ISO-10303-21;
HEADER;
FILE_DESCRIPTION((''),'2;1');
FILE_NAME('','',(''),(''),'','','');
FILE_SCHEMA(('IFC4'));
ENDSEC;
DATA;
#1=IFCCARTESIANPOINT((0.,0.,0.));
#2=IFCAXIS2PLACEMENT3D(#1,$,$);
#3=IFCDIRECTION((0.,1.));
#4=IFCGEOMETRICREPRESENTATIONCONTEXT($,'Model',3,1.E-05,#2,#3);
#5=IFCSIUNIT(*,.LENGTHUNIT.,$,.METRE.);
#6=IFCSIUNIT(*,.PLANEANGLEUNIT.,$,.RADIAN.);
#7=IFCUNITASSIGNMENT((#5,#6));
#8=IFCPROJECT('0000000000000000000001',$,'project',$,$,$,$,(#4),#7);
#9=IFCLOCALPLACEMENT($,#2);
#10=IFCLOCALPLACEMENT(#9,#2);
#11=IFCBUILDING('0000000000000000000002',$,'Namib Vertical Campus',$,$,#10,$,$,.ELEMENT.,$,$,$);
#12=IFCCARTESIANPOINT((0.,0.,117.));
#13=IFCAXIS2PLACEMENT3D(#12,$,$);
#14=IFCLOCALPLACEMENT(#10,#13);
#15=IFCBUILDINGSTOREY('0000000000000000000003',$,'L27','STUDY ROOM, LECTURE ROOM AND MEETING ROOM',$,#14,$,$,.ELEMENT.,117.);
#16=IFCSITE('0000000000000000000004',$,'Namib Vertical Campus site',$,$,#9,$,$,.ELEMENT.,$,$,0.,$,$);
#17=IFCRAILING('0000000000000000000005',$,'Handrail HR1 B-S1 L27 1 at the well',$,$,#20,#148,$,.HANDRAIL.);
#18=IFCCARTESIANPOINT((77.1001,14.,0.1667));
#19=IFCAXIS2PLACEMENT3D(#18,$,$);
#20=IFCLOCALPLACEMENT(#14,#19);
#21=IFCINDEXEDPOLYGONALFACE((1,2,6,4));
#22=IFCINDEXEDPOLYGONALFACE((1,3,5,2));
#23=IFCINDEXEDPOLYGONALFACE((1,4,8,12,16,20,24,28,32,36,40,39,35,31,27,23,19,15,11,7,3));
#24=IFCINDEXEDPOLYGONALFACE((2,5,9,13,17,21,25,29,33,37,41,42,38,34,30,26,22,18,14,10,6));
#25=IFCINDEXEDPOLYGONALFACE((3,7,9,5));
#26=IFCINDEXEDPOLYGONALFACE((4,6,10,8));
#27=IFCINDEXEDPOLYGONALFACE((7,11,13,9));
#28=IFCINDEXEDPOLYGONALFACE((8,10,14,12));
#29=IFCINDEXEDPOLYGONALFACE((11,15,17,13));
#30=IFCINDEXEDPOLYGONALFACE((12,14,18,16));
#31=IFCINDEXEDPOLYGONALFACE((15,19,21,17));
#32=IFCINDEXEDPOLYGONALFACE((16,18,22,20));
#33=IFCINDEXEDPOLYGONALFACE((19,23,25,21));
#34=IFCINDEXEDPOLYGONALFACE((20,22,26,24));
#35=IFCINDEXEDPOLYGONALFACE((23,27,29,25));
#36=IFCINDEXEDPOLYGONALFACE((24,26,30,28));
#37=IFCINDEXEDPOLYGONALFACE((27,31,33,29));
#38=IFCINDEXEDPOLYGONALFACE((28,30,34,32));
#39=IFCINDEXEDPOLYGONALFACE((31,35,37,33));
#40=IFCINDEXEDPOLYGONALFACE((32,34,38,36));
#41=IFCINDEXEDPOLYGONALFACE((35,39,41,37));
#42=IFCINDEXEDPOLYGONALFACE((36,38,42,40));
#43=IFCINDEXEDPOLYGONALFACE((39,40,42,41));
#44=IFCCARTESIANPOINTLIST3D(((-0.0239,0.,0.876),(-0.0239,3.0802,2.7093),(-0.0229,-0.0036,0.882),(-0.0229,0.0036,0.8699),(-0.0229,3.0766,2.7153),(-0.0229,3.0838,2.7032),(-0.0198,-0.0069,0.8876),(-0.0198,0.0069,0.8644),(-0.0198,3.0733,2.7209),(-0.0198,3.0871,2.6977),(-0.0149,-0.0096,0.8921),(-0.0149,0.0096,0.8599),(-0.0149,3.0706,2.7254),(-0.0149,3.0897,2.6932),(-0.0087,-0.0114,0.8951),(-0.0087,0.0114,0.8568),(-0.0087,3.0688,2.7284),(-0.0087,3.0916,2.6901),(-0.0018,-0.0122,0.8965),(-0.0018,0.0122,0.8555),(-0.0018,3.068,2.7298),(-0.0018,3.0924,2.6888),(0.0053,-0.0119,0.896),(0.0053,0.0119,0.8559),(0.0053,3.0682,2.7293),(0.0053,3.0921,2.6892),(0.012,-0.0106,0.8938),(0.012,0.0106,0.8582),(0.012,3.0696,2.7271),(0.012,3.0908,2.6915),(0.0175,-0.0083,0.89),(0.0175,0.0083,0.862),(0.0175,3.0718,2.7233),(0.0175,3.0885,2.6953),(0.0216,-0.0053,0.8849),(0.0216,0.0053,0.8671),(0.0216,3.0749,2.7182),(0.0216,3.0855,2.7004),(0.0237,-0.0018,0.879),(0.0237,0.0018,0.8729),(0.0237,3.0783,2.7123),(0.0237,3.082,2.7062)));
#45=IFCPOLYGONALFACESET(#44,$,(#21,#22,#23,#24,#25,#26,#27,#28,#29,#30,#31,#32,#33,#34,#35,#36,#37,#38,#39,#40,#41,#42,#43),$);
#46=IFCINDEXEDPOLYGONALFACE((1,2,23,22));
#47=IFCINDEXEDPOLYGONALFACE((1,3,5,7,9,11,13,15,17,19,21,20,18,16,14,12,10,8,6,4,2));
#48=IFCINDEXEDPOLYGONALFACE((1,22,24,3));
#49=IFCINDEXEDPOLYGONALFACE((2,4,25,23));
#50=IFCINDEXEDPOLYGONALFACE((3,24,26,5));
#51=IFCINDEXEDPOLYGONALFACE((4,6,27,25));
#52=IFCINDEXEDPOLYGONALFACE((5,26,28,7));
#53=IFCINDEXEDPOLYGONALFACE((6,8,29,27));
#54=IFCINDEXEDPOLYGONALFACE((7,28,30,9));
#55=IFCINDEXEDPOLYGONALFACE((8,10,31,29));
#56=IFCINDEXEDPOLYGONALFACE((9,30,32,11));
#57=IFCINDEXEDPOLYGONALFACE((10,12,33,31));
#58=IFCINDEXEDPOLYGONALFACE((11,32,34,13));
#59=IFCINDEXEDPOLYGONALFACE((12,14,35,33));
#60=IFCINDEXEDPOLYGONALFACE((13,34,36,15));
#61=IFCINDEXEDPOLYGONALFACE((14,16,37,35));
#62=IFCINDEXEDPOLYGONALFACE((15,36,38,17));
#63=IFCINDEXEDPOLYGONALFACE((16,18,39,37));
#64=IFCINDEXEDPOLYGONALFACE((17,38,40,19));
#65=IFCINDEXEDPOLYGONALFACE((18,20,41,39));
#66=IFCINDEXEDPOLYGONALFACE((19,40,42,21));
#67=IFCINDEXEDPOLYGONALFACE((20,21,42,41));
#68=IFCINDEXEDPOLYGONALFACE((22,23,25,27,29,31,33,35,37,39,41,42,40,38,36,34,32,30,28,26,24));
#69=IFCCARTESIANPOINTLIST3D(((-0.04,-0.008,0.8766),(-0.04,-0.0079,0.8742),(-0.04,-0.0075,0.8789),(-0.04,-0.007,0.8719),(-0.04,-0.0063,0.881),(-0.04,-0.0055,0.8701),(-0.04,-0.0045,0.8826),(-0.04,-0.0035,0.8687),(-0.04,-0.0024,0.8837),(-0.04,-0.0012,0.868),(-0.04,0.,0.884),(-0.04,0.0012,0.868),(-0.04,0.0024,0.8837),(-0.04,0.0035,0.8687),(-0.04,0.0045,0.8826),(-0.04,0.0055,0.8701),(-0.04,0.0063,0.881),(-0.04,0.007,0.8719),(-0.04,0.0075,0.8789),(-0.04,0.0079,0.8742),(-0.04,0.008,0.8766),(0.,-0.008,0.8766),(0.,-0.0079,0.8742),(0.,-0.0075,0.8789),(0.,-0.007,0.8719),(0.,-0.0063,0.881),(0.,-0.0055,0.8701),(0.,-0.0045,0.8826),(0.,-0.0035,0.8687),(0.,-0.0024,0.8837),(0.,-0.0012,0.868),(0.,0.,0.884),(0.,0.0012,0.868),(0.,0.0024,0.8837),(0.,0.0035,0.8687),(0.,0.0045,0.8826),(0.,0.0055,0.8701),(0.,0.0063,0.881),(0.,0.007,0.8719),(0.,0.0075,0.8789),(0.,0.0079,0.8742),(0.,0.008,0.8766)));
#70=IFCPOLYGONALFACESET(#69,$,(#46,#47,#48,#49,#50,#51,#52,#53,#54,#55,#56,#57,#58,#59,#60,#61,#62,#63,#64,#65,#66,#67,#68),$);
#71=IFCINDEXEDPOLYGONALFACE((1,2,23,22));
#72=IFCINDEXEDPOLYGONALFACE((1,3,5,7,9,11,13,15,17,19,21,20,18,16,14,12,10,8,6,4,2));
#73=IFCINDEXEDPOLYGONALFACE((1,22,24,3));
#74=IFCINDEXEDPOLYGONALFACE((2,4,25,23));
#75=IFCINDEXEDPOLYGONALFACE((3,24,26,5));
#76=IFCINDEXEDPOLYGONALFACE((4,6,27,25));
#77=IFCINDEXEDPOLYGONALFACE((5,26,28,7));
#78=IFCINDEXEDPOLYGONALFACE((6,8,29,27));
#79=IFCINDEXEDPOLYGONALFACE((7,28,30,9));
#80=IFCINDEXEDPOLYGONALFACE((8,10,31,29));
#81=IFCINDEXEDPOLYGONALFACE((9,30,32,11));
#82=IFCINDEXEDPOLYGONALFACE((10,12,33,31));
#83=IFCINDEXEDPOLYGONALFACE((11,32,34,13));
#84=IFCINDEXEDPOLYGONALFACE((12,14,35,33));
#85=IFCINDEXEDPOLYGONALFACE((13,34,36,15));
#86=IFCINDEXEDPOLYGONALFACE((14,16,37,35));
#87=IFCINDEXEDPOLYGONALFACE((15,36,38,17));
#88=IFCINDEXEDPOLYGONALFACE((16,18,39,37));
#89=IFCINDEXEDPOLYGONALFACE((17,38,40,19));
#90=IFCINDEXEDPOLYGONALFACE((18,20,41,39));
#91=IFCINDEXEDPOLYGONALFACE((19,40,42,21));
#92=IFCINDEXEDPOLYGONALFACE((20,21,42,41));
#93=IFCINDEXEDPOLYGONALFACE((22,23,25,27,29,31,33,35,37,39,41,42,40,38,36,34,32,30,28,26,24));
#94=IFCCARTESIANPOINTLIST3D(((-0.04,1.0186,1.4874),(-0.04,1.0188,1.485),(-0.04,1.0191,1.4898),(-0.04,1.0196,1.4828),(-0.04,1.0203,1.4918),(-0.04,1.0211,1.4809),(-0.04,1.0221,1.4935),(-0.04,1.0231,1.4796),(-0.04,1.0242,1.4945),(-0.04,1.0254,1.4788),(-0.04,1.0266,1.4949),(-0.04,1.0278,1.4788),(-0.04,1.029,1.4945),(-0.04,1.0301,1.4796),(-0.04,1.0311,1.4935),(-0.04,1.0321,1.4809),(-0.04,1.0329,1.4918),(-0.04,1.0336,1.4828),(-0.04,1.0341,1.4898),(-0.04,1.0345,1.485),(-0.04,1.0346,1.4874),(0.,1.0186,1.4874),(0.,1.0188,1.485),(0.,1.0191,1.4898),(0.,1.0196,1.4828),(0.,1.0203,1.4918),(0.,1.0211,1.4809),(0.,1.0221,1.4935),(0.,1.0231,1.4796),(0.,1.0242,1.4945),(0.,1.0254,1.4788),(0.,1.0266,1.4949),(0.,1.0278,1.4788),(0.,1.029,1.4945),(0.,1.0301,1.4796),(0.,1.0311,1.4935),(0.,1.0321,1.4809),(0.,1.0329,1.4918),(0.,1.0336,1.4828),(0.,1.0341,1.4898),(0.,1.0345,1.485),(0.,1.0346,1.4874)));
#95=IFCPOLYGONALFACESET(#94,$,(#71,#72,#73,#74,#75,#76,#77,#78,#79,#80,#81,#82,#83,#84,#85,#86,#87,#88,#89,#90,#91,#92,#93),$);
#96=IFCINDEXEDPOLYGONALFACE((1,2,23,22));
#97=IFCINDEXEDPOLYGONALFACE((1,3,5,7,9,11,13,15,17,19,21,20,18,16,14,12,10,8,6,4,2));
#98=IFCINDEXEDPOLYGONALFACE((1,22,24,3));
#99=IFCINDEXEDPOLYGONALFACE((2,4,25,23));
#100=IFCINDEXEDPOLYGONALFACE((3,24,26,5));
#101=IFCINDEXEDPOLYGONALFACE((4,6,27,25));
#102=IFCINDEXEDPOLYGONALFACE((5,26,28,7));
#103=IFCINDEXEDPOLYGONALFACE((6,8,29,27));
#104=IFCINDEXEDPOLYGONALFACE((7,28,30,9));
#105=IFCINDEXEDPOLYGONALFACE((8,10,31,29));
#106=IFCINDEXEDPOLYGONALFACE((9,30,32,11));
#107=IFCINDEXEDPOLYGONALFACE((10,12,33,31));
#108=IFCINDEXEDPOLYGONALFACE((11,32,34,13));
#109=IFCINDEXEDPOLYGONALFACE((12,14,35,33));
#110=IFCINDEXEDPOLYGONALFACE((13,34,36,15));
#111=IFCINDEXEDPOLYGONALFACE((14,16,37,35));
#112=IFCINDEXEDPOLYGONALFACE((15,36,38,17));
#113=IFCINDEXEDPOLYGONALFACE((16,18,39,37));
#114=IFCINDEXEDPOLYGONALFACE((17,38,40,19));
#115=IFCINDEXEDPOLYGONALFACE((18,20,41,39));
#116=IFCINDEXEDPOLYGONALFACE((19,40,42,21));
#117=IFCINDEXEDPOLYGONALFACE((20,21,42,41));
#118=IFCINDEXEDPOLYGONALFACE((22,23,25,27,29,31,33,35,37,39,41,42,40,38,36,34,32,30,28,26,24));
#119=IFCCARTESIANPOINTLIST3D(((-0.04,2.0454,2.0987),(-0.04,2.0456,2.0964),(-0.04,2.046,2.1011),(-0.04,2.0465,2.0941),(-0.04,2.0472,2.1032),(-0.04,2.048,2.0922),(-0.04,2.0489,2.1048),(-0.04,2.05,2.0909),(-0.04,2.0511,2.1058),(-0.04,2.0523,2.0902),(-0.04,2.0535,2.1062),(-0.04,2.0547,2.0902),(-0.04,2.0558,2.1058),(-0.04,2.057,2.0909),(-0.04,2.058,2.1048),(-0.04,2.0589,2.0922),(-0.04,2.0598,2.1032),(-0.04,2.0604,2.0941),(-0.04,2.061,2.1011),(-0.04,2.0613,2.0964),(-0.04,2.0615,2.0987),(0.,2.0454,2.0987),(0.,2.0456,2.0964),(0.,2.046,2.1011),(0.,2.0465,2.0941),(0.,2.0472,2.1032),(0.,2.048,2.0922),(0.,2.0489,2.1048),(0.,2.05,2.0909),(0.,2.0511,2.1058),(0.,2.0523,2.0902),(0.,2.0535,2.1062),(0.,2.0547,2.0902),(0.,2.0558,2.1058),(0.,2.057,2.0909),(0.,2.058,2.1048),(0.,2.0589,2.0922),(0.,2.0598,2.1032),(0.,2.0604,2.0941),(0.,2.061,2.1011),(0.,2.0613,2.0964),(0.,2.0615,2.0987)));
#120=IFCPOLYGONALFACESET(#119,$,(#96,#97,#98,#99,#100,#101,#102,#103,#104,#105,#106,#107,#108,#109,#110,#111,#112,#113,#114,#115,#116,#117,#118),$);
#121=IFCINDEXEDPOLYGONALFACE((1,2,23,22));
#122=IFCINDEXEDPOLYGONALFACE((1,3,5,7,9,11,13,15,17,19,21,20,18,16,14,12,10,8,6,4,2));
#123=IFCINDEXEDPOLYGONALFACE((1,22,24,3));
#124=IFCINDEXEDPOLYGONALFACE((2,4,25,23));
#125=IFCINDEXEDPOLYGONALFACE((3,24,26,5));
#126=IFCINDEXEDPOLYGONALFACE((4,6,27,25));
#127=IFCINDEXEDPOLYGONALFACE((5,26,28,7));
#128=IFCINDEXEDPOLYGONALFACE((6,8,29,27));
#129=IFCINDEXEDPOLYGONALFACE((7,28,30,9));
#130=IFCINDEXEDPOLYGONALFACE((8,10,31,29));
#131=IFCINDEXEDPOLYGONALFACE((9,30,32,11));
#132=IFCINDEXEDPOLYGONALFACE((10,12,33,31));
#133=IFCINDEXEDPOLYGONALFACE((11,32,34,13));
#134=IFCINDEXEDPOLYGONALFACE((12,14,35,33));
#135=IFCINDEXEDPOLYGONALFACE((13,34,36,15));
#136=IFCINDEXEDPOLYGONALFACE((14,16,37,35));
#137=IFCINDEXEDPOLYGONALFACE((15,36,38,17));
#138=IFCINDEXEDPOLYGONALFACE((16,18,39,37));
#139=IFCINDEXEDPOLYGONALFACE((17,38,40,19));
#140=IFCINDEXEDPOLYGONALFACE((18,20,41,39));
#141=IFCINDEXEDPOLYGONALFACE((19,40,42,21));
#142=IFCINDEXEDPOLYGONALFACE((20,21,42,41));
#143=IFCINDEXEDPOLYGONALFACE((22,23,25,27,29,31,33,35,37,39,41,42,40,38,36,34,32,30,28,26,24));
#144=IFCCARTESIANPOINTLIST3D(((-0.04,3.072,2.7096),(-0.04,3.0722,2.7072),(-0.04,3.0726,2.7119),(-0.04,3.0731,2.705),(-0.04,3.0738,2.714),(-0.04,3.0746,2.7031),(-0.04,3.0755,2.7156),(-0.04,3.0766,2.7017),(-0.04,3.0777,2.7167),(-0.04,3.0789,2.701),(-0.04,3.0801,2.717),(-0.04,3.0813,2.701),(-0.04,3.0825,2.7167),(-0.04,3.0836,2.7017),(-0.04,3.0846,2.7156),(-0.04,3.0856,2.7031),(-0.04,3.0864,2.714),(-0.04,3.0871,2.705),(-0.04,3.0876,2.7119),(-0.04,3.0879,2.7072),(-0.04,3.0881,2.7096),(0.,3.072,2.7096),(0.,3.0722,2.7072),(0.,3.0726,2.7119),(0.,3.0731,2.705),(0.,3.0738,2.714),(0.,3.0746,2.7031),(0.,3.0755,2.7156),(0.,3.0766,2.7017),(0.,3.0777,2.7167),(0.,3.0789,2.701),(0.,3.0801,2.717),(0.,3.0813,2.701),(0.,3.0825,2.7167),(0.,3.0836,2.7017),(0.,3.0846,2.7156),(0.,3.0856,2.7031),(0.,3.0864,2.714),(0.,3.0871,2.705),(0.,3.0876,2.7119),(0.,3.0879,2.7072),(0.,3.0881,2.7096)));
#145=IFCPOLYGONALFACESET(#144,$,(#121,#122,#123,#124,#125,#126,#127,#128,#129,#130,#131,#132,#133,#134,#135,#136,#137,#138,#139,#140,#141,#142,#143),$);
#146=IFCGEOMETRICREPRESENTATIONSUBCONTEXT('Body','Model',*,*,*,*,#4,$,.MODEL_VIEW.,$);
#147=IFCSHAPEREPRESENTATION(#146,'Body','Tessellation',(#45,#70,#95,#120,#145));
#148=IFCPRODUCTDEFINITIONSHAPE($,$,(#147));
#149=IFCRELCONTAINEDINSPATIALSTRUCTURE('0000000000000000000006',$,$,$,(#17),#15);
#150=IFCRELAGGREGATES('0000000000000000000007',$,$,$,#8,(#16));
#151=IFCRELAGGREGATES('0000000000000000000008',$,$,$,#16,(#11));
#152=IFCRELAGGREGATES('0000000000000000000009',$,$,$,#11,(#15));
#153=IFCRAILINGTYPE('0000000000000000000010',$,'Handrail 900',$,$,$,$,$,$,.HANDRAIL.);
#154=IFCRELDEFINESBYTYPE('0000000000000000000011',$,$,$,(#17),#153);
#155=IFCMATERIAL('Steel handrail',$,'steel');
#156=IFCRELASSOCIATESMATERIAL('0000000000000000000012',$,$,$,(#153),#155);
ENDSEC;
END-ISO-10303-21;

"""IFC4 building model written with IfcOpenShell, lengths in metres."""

from ifc_helpers import new_model, si_unit, direction, frame, origin, origin_2d, place, context, subcontext, project, spatial, circle, extrude, material, type_object, element, save


model = new_model("IFC4")

# Units and contexts
model_context = context("Model", 3, precision=1e-05, world=origin(), true_north=direction((0.0, 1.0)))
body_context = subcontext(model_context, "Body", "Model", "MODEL_VIEW")
ifc_project = project(units=[si_unit("LENGTHUNIT", "METRE"), si_unit("PLANEANGLEUNIT", "RADIAN")], contexts=[model_context])

# Site, building, storey
site_placement = place(None, origin())
site = spatial("IfcSite", under=ifc_project, at=site_placement, Name="Namib Vertical Campus site", CompositionType="ELEMENT", RefElevation=0.0)
building_placement = place(site_placement, origin())
building = spatial("IfcBuilding", under=site, at=building_placement, Name="Namib Vertical Campus", CompositionType="ELEMENT")
storey_placement = place(building_placement, frame((0.0, 0.0, 117.0)))
storey = spatial("IfcBuildingStorey", under=building, at=storey_placement, Name="L27", Description="STUDY ROOM, LECTURE ROOM AND MEETING ROOM", CompositionType="ELEMENT", Elevation=117.0)

# Railing
ifc_material_1 = material(Name="Steel handrail", Category="steel")
railing_type_1 = type_object("IfcRailingType", Name="Handrail 900", PredefinedType="HANDRAIL", material=ifc_material_1)
railing_1_placement = place(storey_placement, frame((77.1001, 14.0, 0.1667)))
element("IfcRailing", 1, at=railing_1_placement, inside=storey, type_object=railing_type_1, Name="Handrail HR1 B-S1 L27 1 at the well", PredefinedType="HANDRAIL", context=body_context, shape_type="SweptSolid", body=[
    extrude(circle(Radius=0.0239, at=origin_2d()), frame((0.0, 0.0, 0.876), z_axis=(0.0, 0.859309, 0.511458), x_axis=(-1.0, 0.0, 0.0)), (0.0, 0.0, 1.0), 3.5845),
    extrude(circle(Radius=0.0081, at=origin_2d()), frame((0.0, 0.0, 0.876), z_axis=(-1.0, 0.0, 0.0), x_axis=(0.0, 0.0, 1.0)), (0.0, 0.0, 1.0), 0.04),
    extrude(circle(Radius=0.0081, at=origin_2d()), frame((0.0, 1.0266, 1.4868), z_axis=(-1.0, 0.0, 0.0), x_axis=(0.0, 0.0, 1.0)), (0.0, 0.0, 1.0), 0.04),
    extrude(circle(Radius=0.0081, at=origin_2d()), frame((0.0, 2.0535, 2.0981), z_axis=(-1.0, 0.0, 0.0), x_axis=(0.0, 0.0, 1.0)), (0.0, 0.0, 1.0), 0.04),
    extrude(circle(Radius=0.0081, at=origin_2d()), frame((0.0, 3.0801, 2.709), z_axis=(-1.0, 0.0, 0.0), x_axis=(0.0, 0.0, 1.0)), (0.0, 0.0, 1.0), 0.04),
])

save(model, "model.ifc")
